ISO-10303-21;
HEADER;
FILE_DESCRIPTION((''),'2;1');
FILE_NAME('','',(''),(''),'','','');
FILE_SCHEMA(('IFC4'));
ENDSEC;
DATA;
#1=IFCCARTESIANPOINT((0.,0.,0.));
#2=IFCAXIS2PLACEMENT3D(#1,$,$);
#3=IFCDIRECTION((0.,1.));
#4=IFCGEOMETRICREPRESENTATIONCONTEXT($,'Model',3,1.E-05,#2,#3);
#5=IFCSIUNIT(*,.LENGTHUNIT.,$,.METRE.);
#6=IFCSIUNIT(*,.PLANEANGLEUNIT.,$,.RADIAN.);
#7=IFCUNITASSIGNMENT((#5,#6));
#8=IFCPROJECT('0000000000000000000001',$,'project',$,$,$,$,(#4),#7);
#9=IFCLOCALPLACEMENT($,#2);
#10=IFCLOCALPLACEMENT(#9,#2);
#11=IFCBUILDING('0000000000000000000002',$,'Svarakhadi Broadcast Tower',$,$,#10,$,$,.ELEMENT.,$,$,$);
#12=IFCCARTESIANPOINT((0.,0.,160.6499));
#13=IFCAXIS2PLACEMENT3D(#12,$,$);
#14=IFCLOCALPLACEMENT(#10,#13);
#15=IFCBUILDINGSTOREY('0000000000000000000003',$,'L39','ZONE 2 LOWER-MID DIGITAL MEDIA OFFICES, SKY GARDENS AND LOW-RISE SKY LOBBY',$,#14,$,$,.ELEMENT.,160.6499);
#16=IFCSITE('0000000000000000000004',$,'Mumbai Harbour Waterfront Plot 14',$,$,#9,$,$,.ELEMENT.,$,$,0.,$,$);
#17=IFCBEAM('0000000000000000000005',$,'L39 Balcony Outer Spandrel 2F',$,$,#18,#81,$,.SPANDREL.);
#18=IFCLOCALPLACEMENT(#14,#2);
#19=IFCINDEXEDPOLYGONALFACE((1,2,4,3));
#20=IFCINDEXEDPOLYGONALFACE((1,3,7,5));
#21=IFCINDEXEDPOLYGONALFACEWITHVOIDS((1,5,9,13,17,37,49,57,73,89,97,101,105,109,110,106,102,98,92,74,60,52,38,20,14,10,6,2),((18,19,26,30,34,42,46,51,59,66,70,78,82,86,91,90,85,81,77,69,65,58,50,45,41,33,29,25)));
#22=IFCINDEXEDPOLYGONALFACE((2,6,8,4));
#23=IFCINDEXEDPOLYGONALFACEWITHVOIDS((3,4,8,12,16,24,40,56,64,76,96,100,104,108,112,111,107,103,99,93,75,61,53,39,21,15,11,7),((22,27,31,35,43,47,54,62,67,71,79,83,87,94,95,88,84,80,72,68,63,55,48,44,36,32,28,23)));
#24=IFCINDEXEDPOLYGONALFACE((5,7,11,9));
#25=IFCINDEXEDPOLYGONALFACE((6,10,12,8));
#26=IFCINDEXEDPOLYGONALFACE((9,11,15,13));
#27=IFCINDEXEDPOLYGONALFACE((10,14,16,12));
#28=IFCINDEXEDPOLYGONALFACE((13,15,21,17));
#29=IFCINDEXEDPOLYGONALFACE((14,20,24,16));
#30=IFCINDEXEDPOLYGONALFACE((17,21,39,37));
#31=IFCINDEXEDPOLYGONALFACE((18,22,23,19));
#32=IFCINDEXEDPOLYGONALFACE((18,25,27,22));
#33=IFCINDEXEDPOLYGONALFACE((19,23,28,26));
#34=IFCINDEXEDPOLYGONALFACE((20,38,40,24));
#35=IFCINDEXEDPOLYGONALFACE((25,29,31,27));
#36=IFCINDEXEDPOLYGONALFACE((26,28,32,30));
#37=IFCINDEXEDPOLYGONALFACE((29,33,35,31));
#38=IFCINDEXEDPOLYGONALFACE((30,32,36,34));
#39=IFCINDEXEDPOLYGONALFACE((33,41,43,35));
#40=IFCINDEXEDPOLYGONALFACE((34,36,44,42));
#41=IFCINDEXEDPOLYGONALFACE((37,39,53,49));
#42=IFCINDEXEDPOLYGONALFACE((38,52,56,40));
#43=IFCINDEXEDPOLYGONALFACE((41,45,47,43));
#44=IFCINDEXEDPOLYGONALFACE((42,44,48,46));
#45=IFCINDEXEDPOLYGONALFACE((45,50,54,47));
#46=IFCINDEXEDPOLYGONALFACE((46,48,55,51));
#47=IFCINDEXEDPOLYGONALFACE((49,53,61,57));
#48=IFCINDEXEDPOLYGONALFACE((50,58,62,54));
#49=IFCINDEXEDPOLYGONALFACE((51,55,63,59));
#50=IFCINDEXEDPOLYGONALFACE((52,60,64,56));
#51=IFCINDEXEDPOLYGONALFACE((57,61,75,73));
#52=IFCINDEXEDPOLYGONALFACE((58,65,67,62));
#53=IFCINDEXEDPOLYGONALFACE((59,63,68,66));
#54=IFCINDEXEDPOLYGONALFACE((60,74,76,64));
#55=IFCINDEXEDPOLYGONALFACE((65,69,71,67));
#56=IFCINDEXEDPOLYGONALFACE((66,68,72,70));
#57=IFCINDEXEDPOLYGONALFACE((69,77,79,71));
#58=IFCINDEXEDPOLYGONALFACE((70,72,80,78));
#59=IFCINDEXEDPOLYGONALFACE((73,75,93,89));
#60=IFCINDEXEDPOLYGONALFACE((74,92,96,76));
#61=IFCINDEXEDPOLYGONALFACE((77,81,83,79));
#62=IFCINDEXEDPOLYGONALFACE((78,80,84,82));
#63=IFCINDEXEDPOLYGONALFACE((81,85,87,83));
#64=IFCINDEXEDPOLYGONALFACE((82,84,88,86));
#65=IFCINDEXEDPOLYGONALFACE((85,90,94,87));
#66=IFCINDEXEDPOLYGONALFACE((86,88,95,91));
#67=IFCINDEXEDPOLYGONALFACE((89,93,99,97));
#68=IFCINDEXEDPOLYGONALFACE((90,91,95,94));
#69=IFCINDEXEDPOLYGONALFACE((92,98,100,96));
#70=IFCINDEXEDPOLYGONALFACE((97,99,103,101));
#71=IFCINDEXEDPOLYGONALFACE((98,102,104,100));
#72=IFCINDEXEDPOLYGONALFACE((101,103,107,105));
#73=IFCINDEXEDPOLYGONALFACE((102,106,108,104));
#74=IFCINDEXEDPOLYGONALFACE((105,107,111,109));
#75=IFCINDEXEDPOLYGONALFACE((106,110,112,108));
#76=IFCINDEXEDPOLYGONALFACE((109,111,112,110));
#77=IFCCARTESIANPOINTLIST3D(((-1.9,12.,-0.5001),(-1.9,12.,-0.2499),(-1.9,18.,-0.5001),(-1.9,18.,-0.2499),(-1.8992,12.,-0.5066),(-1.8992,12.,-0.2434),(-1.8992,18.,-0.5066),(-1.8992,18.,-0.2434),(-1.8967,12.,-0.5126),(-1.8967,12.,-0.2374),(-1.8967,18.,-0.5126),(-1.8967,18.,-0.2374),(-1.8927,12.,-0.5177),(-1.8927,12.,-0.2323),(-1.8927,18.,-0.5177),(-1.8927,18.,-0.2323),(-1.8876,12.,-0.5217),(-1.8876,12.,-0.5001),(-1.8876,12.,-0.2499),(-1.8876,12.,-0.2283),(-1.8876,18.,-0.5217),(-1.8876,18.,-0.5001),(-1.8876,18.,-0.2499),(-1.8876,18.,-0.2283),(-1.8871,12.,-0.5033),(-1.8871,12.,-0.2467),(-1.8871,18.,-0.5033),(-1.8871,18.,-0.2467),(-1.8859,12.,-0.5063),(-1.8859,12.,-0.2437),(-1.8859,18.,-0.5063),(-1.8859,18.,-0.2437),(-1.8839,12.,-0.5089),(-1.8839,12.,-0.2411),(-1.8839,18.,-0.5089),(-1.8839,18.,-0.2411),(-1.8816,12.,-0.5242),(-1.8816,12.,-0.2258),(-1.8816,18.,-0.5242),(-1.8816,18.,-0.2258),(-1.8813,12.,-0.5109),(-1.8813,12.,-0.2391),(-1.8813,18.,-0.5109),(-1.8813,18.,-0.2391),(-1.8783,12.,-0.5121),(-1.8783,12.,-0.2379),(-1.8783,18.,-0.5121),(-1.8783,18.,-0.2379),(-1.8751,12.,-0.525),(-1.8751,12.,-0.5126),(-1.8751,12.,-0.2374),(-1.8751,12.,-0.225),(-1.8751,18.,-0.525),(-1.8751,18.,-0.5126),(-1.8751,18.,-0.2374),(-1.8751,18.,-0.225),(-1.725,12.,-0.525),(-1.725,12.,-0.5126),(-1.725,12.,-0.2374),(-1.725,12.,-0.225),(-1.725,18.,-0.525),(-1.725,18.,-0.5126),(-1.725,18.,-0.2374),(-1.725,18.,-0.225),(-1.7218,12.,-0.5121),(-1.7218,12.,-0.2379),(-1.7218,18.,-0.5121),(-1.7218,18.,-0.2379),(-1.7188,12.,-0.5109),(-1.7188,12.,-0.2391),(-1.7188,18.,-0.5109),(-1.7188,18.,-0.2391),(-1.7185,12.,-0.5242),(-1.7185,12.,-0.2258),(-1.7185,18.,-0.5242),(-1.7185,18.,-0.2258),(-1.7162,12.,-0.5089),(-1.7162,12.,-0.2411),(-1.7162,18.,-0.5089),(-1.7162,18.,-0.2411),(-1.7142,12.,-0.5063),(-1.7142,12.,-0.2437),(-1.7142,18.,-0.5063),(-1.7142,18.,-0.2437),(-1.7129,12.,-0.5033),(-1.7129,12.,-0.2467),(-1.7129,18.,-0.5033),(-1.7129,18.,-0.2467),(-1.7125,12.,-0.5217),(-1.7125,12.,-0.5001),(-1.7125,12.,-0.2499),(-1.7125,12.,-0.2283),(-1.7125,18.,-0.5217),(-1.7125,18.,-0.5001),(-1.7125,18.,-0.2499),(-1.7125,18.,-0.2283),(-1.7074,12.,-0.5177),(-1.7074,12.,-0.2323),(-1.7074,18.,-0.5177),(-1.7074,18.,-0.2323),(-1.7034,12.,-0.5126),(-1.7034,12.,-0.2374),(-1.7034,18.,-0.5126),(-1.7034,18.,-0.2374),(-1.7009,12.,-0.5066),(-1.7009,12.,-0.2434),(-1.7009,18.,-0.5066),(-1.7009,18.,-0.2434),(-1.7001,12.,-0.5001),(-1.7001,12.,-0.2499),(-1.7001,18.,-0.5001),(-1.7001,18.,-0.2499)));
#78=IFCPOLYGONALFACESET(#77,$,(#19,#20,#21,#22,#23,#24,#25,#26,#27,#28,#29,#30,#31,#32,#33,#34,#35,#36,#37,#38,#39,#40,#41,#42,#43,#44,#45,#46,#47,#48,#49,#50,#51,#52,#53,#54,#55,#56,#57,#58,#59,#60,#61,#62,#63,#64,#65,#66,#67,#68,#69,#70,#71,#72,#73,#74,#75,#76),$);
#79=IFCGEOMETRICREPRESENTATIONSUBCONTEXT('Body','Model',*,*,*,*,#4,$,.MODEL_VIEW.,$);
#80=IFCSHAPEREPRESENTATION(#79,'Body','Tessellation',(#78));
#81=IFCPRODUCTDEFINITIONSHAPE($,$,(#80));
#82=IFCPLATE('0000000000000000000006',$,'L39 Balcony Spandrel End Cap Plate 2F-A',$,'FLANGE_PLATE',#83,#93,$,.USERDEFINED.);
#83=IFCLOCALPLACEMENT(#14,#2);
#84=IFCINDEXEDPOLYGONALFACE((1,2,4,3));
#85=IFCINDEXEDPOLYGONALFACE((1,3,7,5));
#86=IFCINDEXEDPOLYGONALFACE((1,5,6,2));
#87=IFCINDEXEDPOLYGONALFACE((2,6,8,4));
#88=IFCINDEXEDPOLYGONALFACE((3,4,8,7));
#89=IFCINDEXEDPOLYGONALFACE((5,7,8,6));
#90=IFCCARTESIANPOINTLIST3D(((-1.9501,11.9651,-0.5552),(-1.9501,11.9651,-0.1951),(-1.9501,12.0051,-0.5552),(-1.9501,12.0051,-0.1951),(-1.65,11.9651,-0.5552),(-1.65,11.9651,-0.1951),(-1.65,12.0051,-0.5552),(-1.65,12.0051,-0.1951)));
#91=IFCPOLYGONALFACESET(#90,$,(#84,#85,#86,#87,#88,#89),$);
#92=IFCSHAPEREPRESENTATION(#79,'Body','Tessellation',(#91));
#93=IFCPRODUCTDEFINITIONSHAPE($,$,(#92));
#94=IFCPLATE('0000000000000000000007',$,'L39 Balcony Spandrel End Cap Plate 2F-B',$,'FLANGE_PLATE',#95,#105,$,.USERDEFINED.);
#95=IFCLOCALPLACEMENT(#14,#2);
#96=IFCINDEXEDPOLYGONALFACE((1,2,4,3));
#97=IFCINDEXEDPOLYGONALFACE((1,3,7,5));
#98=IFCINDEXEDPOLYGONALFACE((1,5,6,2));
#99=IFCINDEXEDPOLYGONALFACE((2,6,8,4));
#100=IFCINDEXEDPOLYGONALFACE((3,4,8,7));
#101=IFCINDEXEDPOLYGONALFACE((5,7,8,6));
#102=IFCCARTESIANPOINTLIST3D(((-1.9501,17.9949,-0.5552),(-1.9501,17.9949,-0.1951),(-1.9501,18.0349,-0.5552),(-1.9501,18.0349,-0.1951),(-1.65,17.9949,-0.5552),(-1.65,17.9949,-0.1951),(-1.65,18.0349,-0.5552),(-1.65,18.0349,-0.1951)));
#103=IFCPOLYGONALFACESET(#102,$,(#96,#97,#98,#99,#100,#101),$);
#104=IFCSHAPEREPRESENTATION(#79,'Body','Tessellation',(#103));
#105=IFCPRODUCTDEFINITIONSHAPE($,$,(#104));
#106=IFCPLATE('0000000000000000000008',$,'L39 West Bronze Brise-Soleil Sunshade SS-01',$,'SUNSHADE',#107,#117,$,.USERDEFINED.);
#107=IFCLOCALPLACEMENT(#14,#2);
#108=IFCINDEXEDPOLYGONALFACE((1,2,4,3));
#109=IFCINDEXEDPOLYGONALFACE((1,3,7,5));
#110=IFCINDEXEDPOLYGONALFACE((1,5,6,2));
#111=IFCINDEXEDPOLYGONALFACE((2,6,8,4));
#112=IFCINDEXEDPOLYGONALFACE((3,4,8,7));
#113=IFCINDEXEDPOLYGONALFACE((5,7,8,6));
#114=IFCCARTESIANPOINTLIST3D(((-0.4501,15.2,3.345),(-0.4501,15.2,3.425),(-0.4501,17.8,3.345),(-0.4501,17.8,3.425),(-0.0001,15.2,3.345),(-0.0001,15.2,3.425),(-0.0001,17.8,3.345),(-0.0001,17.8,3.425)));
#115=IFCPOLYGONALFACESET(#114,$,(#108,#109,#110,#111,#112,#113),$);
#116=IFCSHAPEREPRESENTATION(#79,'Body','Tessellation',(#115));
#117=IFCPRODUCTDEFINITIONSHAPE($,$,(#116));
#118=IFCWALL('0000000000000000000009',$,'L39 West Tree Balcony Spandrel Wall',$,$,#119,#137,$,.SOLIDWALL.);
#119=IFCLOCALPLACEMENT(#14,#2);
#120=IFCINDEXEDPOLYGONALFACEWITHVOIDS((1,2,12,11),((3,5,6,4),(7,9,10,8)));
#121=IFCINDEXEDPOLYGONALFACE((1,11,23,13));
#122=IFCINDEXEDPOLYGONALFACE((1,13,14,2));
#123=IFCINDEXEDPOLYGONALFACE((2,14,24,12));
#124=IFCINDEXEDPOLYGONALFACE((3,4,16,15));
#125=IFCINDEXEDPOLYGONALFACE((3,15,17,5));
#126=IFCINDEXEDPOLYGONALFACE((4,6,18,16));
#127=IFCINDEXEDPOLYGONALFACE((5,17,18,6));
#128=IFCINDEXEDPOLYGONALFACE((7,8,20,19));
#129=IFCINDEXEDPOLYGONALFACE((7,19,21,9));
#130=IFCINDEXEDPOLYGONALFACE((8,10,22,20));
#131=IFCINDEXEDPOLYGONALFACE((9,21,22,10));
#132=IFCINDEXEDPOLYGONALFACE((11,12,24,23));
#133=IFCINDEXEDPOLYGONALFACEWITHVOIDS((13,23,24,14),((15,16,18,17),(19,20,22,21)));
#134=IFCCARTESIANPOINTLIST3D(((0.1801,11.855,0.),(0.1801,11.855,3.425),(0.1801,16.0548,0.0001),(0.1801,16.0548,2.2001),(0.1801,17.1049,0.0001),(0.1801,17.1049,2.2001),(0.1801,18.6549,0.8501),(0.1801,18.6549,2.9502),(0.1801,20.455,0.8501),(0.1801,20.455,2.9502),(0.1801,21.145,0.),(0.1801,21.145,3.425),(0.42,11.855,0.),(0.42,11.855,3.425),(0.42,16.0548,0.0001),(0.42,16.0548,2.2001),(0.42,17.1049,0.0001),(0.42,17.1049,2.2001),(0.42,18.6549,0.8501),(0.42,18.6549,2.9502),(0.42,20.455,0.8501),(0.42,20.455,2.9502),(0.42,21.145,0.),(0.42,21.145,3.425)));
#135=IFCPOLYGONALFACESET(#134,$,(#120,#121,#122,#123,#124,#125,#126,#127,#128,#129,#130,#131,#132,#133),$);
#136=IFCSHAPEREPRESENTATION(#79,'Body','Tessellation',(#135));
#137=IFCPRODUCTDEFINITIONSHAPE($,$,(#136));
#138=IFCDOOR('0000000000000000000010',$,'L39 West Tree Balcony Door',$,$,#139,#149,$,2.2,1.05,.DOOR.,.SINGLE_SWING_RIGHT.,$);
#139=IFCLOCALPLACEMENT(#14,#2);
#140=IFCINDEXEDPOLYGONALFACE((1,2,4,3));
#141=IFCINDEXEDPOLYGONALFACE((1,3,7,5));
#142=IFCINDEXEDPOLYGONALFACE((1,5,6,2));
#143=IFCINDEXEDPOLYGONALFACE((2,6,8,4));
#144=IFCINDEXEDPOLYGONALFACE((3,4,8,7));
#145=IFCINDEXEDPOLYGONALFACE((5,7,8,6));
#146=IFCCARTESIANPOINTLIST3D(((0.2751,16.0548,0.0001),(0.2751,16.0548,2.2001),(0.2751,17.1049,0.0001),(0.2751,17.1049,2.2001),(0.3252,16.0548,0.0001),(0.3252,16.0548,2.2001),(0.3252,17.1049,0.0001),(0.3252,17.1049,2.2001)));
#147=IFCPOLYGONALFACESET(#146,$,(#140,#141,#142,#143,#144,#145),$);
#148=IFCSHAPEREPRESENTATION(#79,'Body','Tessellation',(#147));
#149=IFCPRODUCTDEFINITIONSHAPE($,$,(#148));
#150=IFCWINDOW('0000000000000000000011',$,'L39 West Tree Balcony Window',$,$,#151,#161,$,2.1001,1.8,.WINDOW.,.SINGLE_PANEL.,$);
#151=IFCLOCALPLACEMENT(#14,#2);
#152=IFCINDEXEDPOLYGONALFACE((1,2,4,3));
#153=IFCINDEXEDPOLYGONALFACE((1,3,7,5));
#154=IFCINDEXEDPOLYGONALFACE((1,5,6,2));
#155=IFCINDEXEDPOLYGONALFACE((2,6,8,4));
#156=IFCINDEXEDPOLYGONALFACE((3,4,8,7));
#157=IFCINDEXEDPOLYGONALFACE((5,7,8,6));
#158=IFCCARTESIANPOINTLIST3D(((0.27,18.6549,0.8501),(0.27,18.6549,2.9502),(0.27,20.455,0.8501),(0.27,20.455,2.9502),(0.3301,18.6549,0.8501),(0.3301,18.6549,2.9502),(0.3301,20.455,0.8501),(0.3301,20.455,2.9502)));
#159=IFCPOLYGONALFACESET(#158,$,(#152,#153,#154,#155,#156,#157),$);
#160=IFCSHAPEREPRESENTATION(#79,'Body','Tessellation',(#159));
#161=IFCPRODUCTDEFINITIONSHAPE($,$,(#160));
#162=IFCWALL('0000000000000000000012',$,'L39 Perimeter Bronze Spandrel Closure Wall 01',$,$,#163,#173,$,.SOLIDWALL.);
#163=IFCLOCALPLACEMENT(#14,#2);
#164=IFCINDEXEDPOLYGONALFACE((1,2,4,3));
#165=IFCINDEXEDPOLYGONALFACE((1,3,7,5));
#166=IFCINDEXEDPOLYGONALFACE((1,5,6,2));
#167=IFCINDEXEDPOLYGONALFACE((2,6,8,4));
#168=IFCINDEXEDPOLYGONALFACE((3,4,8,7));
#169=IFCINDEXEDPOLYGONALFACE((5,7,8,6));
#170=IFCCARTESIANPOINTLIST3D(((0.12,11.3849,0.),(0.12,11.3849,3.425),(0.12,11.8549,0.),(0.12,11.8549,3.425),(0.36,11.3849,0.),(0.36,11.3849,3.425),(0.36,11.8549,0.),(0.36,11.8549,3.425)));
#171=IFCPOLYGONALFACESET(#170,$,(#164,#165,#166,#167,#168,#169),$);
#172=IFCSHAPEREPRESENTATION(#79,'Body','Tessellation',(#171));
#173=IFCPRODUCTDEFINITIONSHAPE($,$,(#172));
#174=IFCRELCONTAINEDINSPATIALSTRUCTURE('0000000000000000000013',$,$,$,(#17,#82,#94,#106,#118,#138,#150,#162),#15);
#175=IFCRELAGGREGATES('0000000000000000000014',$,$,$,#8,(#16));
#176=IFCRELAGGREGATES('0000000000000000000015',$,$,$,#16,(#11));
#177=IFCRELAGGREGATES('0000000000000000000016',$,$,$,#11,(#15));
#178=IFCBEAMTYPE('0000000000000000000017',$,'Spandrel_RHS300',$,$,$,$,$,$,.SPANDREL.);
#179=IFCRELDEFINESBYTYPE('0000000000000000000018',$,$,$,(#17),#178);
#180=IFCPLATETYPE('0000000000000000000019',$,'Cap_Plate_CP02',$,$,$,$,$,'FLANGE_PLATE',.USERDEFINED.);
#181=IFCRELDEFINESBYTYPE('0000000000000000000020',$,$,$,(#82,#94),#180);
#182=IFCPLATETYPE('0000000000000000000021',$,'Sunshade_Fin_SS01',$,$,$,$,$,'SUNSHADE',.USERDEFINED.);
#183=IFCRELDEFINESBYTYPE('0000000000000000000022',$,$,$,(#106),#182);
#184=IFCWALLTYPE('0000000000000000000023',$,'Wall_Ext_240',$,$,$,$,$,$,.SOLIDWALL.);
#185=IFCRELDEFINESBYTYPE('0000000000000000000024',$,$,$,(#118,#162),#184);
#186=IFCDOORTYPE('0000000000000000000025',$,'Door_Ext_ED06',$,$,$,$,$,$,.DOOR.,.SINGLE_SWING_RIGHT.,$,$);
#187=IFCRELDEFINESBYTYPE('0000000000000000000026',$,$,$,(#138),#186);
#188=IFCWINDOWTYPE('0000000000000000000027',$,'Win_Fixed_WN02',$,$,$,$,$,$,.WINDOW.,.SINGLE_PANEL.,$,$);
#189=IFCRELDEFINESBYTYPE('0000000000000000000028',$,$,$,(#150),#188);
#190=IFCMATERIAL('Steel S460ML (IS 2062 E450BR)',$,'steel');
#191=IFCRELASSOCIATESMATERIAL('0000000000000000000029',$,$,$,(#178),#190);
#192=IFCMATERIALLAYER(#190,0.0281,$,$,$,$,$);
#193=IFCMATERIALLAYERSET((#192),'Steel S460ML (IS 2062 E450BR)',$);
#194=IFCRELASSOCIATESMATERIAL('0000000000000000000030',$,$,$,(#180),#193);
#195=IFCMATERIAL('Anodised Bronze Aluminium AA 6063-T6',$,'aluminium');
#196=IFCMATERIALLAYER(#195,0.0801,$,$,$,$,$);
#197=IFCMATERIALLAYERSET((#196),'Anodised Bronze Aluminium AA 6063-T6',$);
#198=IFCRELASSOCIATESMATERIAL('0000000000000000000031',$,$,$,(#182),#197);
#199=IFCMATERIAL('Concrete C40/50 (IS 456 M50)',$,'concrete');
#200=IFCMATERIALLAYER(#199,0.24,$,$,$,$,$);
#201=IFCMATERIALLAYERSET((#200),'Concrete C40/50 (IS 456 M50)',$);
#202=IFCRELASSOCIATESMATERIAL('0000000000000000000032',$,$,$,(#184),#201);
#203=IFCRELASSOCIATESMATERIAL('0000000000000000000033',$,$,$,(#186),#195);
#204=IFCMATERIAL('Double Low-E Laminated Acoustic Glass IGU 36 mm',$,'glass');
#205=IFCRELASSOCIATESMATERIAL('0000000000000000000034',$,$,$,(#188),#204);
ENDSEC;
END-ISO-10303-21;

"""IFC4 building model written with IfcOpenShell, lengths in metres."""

from ifc_helpers import new_model, si_unit, direction, frame, frame_2d, origin, origin_2d, place, context, subcontext, project, spatial, rectangle, hollow_rectangle, extrude, material, layer, layer_set, material_profile, profile_set, type_object, element, fill, save


model = new_model("IFC4")

# Units and contexts
model_context = context("Model", 3, precision=1e-05, world=origin(), true_north=direction((0.0, 1.0)))
body_context = subcontext(model_context, "Body", "Model", "MODEL_VIEW")
ifc_project = project(units=[si_unit("LENGTHUNIT", "METRE"), si_unit("PLANEANGLEUNIT", "RADIAN")], contexts=[model_context])

# Site, building, storey
site_placement = place(None, origin())
site = spatial("IfcSite", under=ifc_project, at=site_placement, Name="Mumbai Harbour Waterfront Plot 14", CompositionType="ELEMENT", RefElevation=0.0)
building_placement = place(site_placement, origin())
building = spatial("IfcBuilding", under=site, at=building_placement, Name="Svarakhadi Broadcast Tower", CompositionType="ELEMENT")
storey_placement = place(building_placement, frame((0.0, 0.0, 160.6499)))
storey = spatial("IfcBuildingStorey", under=building, at=storey_placement, Name="L39", Description="ZONE 2 LOWER-MID DIGITAL MEDIA OFFICES, SKY GARDENS AND LOW-RISE SKY LOBBY", CompositionType="ELEMENT", Elevation=160.6499)

# Shared definitions
ifc_material_1 = material(Name="Steel S460ML (IS 2062 E450BR)", Category="steel")

# Shared definitions
ifc_material_2 = material(Name="Anodised Bronze Aluminium AA 6063-T6", Category="aluminium")

# Beam
ifc_material_profile_1 = material_profile(ifc_material_1, hollow_rectangle(XDim=0.2, YDim=0.3, WallThickness=0.0125, InnerFilletRadius=0.0125, OuterFilletRadius=0.0249, at=origin_2d()), Name="RHS 300x200x12.5")
ifc_profile_set_1 = profile_set([ifc_material_profile_1], Name="Steel S460ML (IS 2062 E450BR)")
beam_type_1 = type_object("IfcBeamType", Name="Spandrel_RHS300", PredefinedType="SPANDREL", material=ifc_profile_set_1)
beam_1_placement = place(storey_placement, frame((-1.8, 12.0, -0.375), z_axis=(0.0, 1.0, 0.0), x_axis=(-1.0, 0.0, 0.0)))
element("IfcBeam", 1, at=beam_1_placement, inside=storey, type_object=beam_type_1, Name="L39 Balcony Outer Spandrel 2F", PredefinedType="SPANDREL", context=body_context, shape_type="SweptSolid", body=[
    extrude(hollow_rectangle(XDim=0.2, YDim=0.3, WallThickness=0.0125, InnerFilletRadius=0.0125, OuterFilletRadius=0.0249, at=origin_2d()), origin(), (0.0, 0.0, 1.0), 6.0),
])

# Plates
ifc_layer_1 = layer(ifc_material_1, 0.0281)
ifc_layer_set_1 = layer_set([ifc_layer_1], Name="Steel S460ML (IS 2062 E450BR)")
plate_type_1 = type_object("IfcPlateType", Name="Cap_Plate_CP02", ElementType="FLANGE_PLATE", PredefinedType="USERDEFINED", material=ifc_layer_set_1)
for number, where, z_axis, x_axis, name in (
    (2, (-1.8, 11.9851, -0.5552), (0.0, 0.0, 1.0), (1.0, 0.0, 0.0), "L39 Balcony Spandrel End Cap Plate 2F-A"),
    (3, (-1.8, 18.0149, -0.5552), (0.0, 0.0, 1.0), (1.0, 0.0, 0.0), "L39 Balcony Spandrel End Cap Plate 2F-B"),
):
    element("IfcPlate", number, at=place(storey_placement, frame(where, z_axis=z_axis, x_axis=x_axis)), inside=storey, type_object=plate_type_1, Name=name, ObjectType="FLANGE_PLATE", PredefinedType="USERDEFINED", context=body_context, shape_type="SweptSolid", body=[
        extrude(rectangle(XDim=0.3, YDim=0.04, at=origin_2d()), origin(), (0.0, 0.0, 1.0), 0.3601),
    ])
ifc_layer_2 = layer(ifc_material_2, 0.0801)
ifc_layer_set_2 = layer_set([ifc_layer_2], Name="Anodised Bronze Aluminium AA 6063-T6")
plate_type_2 = type_object("IfcPlateType", Name="Sunshade_Fin_SS01", ElementType="SUNSHADE", PredefinedType="USERDEFINED", material=ifc_layer_set_2)
plate_placement = place(storey_placement, frame((-0.2251, 16.5, 3.345), z_axis=(0.0, 0.0, 1.0), x_axis=(0.0, 1.0, 0.0)))
element("IfcPlate", 4, at=plate_placement, inside=storey, type_object=plate_type_2, Name="L39 West Bronze Brise-Soleil Sunshade SS-01", ObjectType="SUNSHADE", PredefinedType="USERDEFINED", context=body_context, shape_type="SweptSolid", body=[
    extrude(rectangle(XDim=2.6001, YDim=0.45, at=origin_2d()), origin(), (0.0, 0.0, 1.0), 0.0801),
])

# Wall, openings, door, window
ifc_material_3 = material(Name="Concrete C40/50 (IS 456 M50)", Category="concrete")
ifc_layer_3 = layer(ifc_material_3, 0.24)
ifc_layer_set_3 = layer_set([ifc_layer_3], Name="Concrete C40/50 (IS 456 M50)")
wall_type_1 = type_object("IfcWallType", Name="Wall_Ext_240", PredefinedType="SOLIDWALL", material=ifc_layer_set_3)
wall_1_placement = place(storey_placement, frame((0.3, 11.855, 0.0), z_axis=(0.0, 0.0, 1.0), x_axis=(0.0, 1.0, 0.0)))
wall_1 = element("IfcWall", 5, at=wall_1_placement, inside=storey, type_object=wall_type_1, Name="L39 West Tree Balcony Spandrel Wall", PredefinedType="SOLIDWALL", context=body_context, shape_type="SweptSolid", body=[
    extrude(rectangle(XDim=9.29, YDim=0.24, at=frame_2d((4.645, 0.0))), origin(), (0.0, 0.0, 1.0), 3.425),
])
opening_1_placement = place(wall_1_placement, frame((4.2, 0.0, 0.0)))
opening_1 = element("IfcOpeningElement", 6, at=opening_1_placement, cuts=wall_1, PredefinedType="OPENING", context=body_context, shape_type="SweptSolid", body=[
    extrude(rectangle(XDim=1.05, YDim=2.2, at=frame_2d((0.5249, 1.1001))), frame((0.0, 0.1299, 0.0), z_axis=(0.0, -1.0, 0.0), x_axis=(1.0, 0.0, 0.0)), (0.0, 0.0, 1.0), 0.26),
])
opening_2_placement = place(wall_1_placement, frame((6.8, 0.0, 0.8501)))
opening_2 = element("IfcOpeningElement", 7, at=opening_2_placement, cuts=wall_1, PredefinedType="OPENING", context=body_context, shape_type="SweptSolid", body=[
    extrude(rectangle(XDim=1.8, YDim=2.1001, at=frame_2d((0.8999, 1.05))), frame((0.0, 0.1299, 0.0), z_axis=(0.0, -1.0, 0.0), x_axis=(1.0, 0.0, 0.0)), (0.0, 0.0, 1.0), 0.26),
])
door_type_1 = type_object("IfcDoorType", Name="Door_Ext_ED06", OperationType="SINGLE_SWING_RIGHT", PredefinedType="DOOR", material=ifc_material_2)
door_1_placement = place(opening_1_placement, origin())
door_1 = element("IfcDoor", 8, at=door_1_placement, inside=storey, type_object=door_type_1, Name="L39 West Tree Balcony Door", OperationType="SINGLE_SWING_RIGHT", OverallHeight=2.2, OverallWidth=1.05, PredefinedType="DOOR", context=body_context, shape_type="SweptSolid", body=[
    extrude(rectangle(XDim=1.05, YDim=2.2, at=frame_2d((0.5249, 1.1001))), frame((0.0, 0.0249, 0.0), z_axis=(0.0, -1.0, 0.0), x_axis=(1.0, 0.0, 0.0)), (0.0, 0.0, 1.0), 0.05),
])
fill(opening_1, door_1)
ifc_material_4 = material(Name="Double Low-E Laminated Acoustic Glass IGU 36 mm", Category="glass")
window_type = type_object("IfcWindowType", Name="Win_Fixed_WN02", PartitioningType="SINGLE_PANEL", PredefinedType="WINDOW", material=ifc_material_4)
window_placement = place(opening_2_placement, origin())
window = element("IfcWindow", 9, at=window_placement, inside=storey, type_object=window_type, Name="L39 West Tree Balcony Window", OverallHeight=2.1001, OverallWidth=1.8, PartitioningType="SINGLE_PANEL", PredefinedType="WINDOW", context=body_context, shape_type="SweptSolid", body=[
    extrude(rectangle(XDim=1.8, YDim=2.1001, at=frame_2d((0.8999, 1.05))), frame((0.0, 0.03, 0.0), z_axis=(0.0, -1.0, 0.0), x_axis=(1.0, 0.0, 0.0)), (0.0, 0.0, 1.0), 0.0601),
])
fill(opening_2, window)

# Wall
wall_2_placement = place(storey_placement, frame((0.24, 11.385, 0.0), z_axis=(0.0, 0.0, 1.0), x_axis=(0.0, 1.0, 0.0)))
element("IfcWall", 10, at=wall_2_placement, inside=storey, type_object=wall_type_1, Name="L39 Perimeter Bronze Spandrel Closure Wall 01", PredefinedType="SOLIDWALL", context=body_context, shape_type="SweptSolid", body=[
    extrude(rectangle(XDim=0.47, YDim=0.24, at=frame_2d((0.2349, 0.0))), origin(), (0.0, 0.0, 1.0), 3.425),
])

save(model, "model.ifc")
